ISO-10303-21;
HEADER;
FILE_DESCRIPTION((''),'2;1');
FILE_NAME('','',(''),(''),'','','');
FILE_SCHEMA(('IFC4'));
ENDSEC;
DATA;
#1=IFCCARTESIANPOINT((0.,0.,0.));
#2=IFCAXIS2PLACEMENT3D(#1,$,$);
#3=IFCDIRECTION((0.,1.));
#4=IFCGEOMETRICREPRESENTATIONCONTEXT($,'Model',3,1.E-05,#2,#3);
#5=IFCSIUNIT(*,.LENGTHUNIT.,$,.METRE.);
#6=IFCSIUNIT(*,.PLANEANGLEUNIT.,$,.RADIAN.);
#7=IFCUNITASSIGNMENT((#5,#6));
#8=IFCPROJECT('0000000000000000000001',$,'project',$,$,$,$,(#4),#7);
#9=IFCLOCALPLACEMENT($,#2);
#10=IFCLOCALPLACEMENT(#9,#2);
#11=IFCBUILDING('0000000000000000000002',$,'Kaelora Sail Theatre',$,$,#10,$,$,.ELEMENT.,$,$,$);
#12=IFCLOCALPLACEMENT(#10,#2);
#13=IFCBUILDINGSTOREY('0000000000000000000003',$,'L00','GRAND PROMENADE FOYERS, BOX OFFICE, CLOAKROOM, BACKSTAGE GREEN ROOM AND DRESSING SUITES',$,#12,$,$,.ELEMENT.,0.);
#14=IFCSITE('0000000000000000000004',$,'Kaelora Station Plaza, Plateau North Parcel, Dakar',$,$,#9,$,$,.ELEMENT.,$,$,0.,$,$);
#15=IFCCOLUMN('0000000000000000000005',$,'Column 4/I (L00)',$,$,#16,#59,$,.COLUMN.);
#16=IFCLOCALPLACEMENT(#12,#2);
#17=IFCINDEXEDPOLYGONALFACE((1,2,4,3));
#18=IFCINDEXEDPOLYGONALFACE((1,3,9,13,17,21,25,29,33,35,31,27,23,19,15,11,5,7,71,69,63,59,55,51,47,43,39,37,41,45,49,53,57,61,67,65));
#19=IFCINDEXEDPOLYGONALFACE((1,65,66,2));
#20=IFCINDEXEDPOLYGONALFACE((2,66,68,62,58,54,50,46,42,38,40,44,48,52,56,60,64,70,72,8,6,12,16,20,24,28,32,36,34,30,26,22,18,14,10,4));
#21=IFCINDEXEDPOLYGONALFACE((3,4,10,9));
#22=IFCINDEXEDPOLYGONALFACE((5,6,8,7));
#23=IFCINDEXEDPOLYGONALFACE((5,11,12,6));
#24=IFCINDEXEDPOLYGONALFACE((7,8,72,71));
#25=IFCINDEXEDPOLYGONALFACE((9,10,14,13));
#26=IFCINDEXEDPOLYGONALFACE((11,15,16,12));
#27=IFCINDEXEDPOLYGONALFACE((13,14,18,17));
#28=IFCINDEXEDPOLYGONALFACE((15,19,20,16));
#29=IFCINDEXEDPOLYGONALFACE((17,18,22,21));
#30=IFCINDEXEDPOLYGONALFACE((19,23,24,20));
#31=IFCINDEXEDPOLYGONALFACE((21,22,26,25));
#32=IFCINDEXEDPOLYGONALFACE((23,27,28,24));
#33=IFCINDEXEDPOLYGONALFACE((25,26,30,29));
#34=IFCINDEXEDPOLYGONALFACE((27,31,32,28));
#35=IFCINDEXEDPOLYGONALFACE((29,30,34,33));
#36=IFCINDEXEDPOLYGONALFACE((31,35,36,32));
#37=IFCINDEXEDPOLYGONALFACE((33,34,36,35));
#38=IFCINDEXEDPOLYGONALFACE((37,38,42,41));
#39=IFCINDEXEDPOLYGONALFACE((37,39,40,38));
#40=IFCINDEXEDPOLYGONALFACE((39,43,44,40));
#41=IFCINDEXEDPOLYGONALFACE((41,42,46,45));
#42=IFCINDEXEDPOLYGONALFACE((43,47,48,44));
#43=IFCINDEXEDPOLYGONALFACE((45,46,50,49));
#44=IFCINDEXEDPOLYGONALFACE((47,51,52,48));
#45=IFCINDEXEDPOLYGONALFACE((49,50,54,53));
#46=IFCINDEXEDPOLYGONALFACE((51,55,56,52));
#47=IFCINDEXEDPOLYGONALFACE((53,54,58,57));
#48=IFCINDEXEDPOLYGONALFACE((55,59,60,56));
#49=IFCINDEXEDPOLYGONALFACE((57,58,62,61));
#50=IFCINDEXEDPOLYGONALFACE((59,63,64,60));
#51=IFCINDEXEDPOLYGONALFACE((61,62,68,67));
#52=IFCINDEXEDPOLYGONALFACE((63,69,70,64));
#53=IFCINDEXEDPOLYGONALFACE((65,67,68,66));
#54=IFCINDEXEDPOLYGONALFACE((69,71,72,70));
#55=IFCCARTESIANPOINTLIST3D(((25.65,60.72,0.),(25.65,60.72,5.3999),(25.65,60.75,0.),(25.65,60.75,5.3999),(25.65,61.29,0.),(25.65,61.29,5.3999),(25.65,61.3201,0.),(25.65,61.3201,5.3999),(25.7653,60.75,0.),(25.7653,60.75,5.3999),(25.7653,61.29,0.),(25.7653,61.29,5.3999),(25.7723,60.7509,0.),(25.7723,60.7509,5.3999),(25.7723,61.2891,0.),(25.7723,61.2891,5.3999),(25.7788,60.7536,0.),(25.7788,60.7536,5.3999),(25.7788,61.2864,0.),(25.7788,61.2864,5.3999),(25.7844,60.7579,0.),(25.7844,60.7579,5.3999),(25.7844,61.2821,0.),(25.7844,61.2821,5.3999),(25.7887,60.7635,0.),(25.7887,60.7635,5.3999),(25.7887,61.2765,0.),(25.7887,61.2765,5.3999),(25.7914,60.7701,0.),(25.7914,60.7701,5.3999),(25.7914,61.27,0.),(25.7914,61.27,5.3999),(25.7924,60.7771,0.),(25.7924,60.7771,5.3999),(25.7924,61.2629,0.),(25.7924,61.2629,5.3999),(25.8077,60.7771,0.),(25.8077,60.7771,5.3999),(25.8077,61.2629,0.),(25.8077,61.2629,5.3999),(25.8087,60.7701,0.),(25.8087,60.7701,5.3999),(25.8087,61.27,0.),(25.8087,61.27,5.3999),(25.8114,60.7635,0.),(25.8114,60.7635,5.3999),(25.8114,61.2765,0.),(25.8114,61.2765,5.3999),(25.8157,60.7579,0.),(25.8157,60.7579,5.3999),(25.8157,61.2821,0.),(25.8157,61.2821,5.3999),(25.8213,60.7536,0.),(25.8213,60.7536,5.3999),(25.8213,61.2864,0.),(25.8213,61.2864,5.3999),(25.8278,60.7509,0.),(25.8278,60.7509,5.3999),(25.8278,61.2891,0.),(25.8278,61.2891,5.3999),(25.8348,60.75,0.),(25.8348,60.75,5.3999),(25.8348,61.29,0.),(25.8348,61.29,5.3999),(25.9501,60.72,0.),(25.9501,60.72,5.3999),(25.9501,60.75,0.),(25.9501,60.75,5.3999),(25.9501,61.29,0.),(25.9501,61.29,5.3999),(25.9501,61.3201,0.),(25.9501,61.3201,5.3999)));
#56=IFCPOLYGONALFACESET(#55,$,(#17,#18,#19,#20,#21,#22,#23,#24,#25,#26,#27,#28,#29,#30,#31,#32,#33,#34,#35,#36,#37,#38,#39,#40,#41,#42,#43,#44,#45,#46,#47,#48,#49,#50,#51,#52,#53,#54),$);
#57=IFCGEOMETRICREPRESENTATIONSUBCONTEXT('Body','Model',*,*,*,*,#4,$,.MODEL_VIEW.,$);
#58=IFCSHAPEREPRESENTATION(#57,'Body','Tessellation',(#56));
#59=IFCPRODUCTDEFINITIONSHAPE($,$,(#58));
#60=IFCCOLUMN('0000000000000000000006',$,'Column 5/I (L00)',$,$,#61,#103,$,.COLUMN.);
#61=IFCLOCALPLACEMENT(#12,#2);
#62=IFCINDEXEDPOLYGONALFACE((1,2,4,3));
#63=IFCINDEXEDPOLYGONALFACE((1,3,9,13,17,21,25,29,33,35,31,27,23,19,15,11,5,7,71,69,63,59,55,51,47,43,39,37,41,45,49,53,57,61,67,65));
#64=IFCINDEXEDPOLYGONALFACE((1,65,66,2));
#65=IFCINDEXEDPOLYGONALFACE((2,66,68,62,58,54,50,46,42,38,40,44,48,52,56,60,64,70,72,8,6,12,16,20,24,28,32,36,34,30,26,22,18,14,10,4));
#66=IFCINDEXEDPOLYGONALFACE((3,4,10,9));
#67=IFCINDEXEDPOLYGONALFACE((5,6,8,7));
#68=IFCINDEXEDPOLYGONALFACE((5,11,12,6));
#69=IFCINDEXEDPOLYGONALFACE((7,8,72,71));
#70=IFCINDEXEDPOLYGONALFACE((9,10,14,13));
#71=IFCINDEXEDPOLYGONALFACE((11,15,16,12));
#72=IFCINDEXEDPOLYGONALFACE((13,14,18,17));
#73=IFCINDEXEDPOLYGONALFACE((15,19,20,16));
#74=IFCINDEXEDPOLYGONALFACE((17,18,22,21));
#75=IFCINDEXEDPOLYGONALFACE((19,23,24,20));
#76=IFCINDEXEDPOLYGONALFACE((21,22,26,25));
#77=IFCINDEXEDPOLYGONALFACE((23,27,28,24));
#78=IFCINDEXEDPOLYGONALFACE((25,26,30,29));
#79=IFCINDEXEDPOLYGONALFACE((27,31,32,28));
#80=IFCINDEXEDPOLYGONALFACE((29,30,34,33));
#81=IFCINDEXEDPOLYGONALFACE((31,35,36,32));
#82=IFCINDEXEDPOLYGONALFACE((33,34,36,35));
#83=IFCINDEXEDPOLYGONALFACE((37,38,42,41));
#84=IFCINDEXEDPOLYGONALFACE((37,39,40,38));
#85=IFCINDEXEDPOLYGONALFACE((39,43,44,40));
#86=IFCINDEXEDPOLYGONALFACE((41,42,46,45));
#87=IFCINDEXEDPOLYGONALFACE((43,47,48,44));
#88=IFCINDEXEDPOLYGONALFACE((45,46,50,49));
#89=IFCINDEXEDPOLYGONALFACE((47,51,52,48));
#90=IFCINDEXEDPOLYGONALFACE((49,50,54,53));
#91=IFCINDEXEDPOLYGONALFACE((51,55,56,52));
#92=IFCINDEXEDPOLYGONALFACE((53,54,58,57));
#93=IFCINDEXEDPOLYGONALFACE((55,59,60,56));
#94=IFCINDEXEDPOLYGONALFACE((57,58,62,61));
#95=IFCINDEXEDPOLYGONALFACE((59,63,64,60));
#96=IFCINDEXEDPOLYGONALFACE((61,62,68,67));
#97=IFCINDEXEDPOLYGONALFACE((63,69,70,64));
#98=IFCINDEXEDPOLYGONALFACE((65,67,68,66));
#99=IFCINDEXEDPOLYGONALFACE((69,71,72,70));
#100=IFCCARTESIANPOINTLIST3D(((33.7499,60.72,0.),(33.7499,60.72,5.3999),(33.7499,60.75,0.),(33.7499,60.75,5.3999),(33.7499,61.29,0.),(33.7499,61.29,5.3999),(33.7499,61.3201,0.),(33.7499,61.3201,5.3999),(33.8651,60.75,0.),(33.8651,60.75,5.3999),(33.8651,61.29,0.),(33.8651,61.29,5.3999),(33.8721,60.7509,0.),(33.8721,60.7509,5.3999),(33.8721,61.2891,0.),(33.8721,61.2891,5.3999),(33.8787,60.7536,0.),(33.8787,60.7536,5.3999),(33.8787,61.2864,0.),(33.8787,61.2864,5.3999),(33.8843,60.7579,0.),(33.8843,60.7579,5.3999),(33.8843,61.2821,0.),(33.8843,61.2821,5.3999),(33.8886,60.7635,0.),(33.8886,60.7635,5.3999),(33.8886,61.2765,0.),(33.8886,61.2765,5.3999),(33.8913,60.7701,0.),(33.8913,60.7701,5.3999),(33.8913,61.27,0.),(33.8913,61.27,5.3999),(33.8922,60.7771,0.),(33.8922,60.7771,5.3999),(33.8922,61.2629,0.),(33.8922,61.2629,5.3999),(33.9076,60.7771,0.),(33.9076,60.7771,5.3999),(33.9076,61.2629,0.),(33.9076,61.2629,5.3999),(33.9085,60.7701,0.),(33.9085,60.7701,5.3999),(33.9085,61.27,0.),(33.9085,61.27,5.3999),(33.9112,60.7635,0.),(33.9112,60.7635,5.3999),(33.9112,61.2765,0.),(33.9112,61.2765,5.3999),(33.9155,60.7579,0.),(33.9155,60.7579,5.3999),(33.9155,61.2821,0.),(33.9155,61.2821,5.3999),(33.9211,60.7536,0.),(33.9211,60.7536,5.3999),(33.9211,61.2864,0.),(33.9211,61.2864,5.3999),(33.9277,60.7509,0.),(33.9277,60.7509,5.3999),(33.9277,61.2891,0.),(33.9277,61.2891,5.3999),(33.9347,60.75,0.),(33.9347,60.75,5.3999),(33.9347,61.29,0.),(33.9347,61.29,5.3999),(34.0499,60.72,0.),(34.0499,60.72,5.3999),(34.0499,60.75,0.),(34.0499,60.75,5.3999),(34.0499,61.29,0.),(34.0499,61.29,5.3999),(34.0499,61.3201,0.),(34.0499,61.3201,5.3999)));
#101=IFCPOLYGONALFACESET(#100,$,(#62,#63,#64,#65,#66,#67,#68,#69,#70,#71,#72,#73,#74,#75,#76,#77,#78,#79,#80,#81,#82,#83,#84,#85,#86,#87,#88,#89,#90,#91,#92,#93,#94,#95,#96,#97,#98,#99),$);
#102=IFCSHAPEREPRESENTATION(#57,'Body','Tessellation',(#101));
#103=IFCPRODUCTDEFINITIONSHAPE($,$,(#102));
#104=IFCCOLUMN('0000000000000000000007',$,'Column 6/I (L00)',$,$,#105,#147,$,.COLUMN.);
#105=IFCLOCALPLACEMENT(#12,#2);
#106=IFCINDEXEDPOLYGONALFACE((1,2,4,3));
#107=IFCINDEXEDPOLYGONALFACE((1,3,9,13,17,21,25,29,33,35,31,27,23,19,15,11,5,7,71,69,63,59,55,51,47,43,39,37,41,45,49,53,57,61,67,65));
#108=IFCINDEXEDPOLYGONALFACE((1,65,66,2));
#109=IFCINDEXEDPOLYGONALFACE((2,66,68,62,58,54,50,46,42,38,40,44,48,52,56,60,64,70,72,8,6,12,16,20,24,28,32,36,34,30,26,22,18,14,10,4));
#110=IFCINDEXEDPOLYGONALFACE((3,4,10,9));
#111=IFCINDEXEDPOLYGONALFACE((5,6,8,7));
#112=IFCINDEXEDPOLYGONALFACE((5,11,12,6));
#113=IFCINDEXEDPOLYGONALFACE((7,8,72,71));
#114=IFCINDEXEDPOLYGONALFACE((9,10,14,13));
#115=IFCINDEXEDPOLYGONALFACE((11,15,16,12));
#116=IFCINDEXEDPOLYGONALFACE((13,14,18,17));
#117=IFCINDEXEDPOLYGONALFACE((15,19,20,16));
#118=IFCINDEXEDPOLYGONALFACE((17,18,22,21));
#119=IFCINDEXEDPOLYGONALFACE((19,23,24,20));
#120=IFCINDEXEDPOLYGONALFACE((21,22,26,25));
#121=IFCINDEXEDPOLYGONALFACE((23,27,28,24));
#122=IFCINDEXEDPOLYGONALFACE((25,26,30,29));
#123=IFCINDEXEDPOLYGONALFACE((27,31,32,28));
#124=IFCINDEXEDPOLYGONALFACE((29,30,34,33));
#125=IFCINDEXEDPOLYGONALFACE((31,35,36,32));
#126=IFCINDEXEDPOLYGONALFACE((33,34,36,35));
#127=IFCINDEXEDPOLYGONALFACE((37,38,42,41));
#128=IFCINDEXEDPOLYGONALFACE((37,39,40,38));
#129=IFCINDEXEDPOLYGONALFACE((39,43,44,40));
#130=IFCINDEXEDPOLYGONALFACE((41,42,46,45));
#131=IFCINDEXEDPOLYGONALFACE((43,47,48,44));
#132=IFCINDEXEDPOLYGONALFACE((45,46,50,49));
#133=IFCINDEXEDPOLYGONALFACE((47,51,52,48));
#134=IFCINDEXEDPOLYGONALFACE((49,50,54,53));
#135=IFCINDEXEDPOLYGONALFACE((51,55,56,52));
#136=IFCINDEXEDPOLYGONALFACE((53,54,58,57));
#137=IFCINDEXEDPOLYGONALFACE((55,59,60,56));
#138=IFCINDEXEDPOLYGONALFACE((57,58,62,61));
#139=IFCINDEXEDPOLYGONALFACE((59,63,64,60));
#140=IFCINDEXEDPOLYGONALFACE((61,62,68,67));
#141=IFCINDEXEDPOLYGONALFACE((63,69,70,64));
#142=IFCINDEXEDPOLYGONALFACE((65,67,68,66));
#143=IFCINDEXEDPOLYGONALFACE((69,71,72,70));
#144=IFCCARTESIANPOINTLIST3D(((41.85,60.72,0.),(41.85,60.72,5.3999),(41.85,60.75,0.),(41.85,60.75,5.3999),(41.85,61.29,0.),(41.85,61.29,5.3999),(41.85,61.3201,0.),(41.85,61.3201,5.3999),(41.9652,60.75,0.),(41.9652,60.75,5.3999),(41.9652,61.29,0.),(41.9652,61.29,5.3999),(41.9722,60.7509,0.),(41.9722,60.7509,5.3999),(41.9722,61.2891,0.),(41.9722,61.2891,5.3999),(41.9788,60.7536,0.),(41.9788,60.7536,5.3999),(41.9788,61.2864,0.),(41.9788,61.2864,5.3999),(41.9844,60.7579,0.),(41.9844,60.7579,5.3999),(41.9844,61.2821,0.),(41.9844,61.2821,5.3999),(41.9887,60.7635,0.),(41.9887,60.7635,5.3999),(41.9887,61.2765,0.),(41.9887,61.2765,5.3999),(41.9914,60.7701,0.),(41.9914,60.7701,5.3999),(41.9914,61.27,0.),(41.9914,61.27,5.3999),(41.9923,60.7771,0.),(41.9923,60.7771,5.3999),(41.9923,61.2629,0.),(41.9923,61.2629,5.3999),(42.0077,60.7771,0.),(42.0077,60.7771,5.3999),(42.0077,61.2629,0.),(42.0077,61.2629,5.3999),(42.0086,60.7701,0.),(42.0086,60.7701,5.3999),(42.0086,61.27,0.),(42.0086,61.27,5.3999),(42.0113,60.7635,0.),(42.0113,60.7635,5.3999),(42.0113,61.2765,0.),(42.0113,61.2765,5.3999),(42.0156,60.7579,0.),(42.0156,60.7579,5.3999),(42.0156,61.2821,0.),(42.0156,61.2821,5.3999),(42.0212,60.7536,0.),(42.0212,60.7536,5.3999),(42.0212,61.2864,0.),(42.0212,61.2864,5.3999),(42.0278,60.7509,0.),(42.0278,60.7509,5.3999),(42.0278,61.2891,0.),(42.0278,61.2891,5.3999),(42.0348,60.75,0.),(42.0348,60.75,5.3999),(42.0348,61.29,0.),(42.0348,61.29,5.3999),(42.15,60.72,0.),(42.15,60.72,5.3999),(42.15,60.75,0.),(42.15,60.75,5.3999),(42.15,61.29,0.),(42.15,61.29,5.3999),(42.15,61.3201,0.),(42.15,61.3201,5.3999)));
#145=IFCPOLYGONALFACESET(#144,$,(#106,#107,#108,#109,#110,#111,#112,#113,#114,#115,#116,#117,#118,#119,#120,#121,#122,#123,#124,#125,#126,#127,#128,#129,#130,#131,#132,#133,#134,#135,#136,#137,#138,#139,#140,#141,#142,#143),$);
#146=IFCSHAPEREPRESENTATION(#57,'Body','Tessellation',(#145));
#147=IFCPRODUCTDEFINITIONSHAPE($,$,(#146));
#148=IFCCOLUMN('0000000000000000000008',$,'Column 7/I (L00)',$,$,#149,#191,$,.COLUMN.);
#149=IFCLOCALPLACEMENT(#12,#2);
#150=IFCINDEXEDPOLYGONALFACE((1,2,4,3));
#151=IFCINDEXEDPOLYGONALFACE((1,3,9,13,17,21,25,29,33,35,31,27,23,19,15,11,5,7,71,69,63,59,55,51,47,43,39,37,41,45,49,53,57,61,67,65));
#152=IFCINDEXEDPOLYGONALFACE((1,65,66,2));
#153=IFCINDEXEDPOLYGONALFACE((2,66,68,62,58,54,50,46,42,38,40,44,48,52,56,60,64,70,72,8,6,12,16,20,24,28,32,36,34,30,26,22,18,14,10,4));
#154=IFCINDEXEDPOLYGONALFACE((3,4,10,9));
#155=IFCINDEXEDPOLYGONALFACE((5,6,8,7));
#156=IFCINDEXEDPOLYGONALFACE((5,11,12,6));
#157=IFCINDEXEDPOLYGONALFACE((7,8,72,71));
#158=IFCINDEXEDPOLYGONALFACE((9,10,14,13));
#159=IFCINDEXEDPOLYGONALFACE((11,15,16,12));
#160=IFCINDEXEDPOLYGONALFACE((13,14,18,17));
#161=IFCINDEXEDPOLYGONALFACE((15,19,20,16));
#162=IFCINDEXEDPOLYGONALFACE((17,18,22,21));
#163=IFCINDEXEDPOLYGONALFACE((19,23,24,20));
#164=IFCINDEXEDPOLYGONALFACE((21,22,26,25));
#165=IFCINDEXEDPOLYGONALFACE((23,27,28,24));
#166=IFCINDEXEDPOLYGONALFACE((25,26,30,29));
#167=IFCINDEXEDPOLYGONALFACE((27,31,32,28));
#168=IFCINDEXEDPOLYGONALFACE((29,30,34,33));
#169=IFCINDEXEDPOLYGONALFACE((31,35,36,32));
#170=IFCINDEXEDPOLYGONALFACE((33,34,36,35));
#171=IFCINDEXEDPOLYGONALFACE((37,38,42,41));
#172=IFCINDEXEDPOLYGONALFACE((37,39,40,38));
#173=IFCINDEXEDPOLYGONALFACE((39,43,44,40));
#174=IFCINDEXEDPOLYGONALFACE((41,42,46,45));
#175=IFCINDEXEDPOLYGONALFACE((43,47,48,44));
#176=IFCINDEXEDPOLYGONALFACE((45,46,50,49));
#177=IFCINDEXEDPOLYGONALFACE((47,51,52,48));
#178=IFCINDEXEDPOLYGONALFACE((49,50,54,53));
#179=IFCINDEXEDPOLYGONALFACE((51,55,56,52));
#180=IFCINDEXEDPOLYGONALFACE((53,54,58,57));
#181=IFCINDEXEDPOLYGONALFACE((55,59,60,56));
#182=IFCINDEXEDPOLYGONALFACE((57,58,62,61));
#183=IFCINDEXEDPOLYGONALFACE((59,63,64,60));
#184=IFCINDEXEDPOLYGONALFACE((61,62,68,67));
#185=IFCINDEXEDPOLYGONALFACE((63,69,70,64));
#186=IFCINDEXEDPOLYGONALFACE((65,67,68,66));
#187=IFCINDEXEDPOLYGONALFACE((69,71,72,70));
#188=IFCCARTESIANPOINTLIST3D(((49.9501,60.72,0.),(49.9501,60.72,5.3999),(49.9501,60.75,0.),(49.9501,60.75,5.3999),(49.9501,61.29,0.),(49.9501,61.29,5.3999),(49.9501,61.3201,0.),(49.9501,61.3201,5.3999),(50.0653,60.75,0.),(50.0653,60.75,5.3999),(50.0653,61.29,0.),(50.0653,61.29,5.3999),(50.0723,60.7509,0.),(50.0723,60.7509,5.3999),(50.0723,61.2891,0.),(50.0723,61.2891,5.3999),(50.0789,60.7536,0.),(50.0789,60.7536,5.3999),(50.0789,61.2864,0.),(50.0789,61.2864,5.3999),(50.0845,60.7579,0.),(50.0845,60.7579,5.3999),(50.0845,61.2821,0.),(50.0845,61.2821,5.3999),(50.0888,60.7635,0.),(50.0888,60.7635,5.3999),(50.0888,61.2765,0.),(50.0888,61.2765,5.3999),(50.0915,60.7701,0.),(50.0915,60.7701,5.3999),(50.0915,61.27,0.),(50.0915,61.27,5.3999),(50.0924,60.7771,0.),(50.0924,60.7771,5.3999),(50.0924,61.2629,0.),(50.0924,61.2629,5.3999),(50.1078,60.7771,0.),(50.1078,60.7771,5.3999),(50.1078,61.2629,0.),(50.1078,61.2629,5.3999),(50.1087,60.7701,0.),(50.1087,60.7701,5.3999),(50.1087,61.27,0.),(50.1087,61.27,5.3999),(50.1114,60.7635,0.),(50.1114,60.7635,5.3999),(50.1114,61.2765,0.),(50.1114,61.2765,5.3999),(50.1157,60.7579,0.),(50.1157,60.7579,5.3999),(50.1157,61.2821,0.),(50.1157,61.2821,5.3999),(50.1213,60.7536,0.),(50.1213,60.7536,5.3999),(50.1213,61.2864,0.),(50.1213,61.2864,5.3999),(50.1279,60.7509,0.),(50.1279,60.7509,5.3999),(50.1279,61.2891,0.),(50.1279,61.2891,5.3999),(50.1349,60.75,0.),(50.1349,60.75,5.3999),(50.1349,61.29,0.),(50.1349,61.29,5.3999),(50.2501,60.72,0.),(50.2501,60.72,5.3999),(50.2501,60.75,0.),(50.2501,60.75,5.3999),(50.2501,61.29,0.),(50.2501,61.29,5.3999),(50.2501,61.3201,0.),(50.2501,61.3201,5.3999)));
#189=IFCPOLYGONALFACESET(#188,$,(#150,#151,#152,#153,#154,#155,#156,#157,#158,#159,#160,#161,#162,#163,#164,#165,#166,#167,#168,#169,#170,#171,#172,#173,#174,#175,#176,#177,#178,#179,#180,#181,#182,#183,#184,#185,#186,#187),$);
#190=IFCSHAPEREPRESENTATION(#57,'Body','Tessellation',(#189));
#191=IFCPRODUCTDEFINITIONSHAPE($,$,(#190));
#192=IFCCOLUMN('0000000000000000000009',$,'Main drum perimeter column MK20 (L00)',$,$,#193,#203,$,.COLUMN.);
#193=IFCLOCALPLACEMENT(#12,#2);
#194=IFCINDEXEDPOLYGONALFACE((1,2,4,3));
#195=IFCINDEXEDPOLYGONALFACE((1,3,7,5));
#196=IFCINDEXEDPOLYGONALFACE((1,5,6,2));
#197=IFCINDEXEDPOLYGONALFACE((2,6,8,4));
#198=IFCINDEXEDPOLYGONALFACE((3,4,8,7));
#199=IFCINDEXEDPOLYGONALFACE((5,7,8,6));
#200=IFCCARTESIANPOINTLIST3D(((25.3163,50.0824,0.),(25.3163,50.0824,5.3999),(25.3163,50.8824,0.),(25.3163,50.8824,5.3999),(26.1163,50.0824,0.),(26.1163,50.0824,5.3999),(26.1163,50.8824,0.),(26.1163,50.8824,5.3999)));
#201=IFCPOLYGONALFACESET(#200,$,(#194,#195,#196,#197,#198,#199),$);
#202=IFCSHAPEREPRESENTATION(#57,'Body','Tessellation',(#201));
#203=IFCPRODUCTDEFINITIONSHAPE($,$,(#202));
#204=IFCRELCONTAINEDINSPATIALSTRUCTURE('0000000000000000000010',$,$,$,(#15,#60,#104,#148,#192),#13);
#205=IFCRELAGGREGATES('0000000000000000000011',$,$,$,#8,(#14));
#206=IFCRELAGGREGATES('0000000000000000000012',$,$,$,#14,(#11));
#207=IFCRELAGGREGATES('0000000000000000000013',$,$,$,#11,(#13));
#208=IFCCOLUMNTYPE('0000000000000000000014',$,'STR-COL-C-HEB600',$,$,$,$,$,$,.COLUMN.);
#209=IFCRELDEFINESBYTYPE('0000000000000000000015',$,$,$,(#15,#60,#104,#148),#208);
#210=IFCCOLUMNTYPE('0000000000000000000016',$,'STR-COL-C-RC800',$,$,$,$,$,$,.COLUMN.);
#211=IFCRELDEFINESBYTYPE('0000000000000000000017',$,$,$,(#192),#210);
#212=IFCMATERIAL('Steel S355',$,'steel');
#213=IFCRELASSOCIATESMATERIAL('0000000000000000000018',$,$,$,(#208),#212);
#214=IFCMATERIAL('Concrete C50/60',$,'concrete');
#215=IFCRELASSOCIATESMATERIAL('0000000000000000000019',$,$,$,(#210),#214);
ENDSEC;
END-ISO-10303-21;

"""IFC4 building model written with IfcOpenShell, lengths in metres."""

from ifc_helpers import new_model, si_unit, direction, frame, origin, origin_2d, place, context, subcontext, project, spatial, rectangle, i_section, extrude, material, material_profile, profile_set, type_object, element, save


model = new_model("IFC4")

# Units and contexts
model_context = context("Model", 3, precision=1e-05, world=origin(), true_north=direction((0.0, 1.0)))
body_context = subcontext(model_context, "Body", "Model", "MODEL_VIEW")
ifc_project = project(units=[si_unit("LENGTHUNIT", "METRE"), si_unit("PLANEANGLEUNIT", "RADIAN")], contexts=[model_context])

# Site, building, storey
site_placement = place(None, origin())
site = spatial("IfcSite", under=ifc_project, at=site_placement, Name="Kaelora Station Plaza, Plateau North Parcel, Dakar", CompositionType="ELEMENT", RefElevation=0.0)
building_placement = place(site_placement, origin())
building = spatial("IfcBuilding", under=site, at=building_placement, Name="Kaelora Sail Theatre", CompositionType="ELEMENT")
storey_placement = place(building_placement, origin())
storey = spatial("IfcBuildingStorey", under=building, at=storey_placement, Name="L00", Description="GRAND PROMENADE FOYERS, BOX OFFICE, CLOAKROOM, BACKSTAGE GREEN ROOM AND DRESSING SUITES", CompositionType="ELEMENT", Elevation=0.0)

# Columns
ifc_material_1 = material(Name="Steel S355", Category="steel")
ifc_material_profile_1 = material_profile(ifc_material_1, i_section(OverallWidth=0.3, OverallDepth=0.6001, WebThickness=0.0154, FlangeThickness=0.03, FilletRadius=0.0271, at=origin_2d()), Name="HEB 600")
ifc_profile_set_1 = profile_set([ifc_material_profile_1], Name="Steel S355")
column_type_1 = type_object("IfcColumnType", Name="STR-COL-C-HEB600", PredefinedType="COLUMN", material=ifc_profile_set_1)
for number, where, z_axis, x_axis, name in (
    (1, (25.8, 61.02, 0.0), (0.0, 0.0, 1.0), (1.0, 0.0, 0.0), "Column 4/I (L00)"),
    (2, (33.8999, 61.02, 0.0), (0.0, 0.0, 1.0), (1.0, 0.0, 0.0), "Column 5/I (L00)"),
    (3, (42.0, 61.02, 0.0), (0.0, 0.0, 1.0), (1.0, 0.0, 0.0), "Column 6/I (L00)"),
    (4, (50.1001, 61.02, 0.0), (0.0, 0.0, 1.0), (1.0, 0.0, 0.0), "Column 7/I (L00)"),
):
    element("IfcColumn", number, at=place(storey_placement, frame(where, z_axis=z_axis, x_axis=x_axis)), inside=storey, type_object=column_type_1, Name=name, PredefinedType="COLUMN", context=body_context, shape_type="SweptSolid", body=[
        extrude(i_section(OverallWidth=0.3, OverallDepth=0.6001, WebThickness=0.0154, FlangeThickness=0.03, FilletRadius=0.0271, at=origin_2d()), origin(), (0.0, 0.0, 1.0), 5.3999),
    ])
ifc_material_2 = material(Name="Concrete C50/60", Category="concrete")
ifc_material_profile_2 = material_profile(ifc_material_2, rectangle(XDim=0.8, YDim=0.8, at=origin_2d()), Name="RC-COL 800x800")
ifc_profile_set_2 = profile_set([ifc_material_profile_2], Name="Concrete C50/60")
column_type_2 = type_object("IfcColumnType", Name="STR-COL-C-RC800", PredefinedType="COLUMN", material=ifc_profile_set_2)
column_placement = place(storey_placement, frame((25.7163, 50.4824, 0.0), z_axis=(0.0, 0.0, 1.0), x_axis=(1.0, 0.0, 0.0)))
element("IfcColumn", 5, at=column_placement, inside=storey, type_object=column_type_2, Name="Main drum perimeter column MK20 (L00)", PredefinedType="COLUMN", context=body_context, shape_type="SweptSolid", body=[
    extrude(rectangle(XDim=0.8, YDim=0.8, at=origin_2d()), origin(), (0.0, 0.0, 1.0), 5.3999),
])

save(model, "model.ifc")
